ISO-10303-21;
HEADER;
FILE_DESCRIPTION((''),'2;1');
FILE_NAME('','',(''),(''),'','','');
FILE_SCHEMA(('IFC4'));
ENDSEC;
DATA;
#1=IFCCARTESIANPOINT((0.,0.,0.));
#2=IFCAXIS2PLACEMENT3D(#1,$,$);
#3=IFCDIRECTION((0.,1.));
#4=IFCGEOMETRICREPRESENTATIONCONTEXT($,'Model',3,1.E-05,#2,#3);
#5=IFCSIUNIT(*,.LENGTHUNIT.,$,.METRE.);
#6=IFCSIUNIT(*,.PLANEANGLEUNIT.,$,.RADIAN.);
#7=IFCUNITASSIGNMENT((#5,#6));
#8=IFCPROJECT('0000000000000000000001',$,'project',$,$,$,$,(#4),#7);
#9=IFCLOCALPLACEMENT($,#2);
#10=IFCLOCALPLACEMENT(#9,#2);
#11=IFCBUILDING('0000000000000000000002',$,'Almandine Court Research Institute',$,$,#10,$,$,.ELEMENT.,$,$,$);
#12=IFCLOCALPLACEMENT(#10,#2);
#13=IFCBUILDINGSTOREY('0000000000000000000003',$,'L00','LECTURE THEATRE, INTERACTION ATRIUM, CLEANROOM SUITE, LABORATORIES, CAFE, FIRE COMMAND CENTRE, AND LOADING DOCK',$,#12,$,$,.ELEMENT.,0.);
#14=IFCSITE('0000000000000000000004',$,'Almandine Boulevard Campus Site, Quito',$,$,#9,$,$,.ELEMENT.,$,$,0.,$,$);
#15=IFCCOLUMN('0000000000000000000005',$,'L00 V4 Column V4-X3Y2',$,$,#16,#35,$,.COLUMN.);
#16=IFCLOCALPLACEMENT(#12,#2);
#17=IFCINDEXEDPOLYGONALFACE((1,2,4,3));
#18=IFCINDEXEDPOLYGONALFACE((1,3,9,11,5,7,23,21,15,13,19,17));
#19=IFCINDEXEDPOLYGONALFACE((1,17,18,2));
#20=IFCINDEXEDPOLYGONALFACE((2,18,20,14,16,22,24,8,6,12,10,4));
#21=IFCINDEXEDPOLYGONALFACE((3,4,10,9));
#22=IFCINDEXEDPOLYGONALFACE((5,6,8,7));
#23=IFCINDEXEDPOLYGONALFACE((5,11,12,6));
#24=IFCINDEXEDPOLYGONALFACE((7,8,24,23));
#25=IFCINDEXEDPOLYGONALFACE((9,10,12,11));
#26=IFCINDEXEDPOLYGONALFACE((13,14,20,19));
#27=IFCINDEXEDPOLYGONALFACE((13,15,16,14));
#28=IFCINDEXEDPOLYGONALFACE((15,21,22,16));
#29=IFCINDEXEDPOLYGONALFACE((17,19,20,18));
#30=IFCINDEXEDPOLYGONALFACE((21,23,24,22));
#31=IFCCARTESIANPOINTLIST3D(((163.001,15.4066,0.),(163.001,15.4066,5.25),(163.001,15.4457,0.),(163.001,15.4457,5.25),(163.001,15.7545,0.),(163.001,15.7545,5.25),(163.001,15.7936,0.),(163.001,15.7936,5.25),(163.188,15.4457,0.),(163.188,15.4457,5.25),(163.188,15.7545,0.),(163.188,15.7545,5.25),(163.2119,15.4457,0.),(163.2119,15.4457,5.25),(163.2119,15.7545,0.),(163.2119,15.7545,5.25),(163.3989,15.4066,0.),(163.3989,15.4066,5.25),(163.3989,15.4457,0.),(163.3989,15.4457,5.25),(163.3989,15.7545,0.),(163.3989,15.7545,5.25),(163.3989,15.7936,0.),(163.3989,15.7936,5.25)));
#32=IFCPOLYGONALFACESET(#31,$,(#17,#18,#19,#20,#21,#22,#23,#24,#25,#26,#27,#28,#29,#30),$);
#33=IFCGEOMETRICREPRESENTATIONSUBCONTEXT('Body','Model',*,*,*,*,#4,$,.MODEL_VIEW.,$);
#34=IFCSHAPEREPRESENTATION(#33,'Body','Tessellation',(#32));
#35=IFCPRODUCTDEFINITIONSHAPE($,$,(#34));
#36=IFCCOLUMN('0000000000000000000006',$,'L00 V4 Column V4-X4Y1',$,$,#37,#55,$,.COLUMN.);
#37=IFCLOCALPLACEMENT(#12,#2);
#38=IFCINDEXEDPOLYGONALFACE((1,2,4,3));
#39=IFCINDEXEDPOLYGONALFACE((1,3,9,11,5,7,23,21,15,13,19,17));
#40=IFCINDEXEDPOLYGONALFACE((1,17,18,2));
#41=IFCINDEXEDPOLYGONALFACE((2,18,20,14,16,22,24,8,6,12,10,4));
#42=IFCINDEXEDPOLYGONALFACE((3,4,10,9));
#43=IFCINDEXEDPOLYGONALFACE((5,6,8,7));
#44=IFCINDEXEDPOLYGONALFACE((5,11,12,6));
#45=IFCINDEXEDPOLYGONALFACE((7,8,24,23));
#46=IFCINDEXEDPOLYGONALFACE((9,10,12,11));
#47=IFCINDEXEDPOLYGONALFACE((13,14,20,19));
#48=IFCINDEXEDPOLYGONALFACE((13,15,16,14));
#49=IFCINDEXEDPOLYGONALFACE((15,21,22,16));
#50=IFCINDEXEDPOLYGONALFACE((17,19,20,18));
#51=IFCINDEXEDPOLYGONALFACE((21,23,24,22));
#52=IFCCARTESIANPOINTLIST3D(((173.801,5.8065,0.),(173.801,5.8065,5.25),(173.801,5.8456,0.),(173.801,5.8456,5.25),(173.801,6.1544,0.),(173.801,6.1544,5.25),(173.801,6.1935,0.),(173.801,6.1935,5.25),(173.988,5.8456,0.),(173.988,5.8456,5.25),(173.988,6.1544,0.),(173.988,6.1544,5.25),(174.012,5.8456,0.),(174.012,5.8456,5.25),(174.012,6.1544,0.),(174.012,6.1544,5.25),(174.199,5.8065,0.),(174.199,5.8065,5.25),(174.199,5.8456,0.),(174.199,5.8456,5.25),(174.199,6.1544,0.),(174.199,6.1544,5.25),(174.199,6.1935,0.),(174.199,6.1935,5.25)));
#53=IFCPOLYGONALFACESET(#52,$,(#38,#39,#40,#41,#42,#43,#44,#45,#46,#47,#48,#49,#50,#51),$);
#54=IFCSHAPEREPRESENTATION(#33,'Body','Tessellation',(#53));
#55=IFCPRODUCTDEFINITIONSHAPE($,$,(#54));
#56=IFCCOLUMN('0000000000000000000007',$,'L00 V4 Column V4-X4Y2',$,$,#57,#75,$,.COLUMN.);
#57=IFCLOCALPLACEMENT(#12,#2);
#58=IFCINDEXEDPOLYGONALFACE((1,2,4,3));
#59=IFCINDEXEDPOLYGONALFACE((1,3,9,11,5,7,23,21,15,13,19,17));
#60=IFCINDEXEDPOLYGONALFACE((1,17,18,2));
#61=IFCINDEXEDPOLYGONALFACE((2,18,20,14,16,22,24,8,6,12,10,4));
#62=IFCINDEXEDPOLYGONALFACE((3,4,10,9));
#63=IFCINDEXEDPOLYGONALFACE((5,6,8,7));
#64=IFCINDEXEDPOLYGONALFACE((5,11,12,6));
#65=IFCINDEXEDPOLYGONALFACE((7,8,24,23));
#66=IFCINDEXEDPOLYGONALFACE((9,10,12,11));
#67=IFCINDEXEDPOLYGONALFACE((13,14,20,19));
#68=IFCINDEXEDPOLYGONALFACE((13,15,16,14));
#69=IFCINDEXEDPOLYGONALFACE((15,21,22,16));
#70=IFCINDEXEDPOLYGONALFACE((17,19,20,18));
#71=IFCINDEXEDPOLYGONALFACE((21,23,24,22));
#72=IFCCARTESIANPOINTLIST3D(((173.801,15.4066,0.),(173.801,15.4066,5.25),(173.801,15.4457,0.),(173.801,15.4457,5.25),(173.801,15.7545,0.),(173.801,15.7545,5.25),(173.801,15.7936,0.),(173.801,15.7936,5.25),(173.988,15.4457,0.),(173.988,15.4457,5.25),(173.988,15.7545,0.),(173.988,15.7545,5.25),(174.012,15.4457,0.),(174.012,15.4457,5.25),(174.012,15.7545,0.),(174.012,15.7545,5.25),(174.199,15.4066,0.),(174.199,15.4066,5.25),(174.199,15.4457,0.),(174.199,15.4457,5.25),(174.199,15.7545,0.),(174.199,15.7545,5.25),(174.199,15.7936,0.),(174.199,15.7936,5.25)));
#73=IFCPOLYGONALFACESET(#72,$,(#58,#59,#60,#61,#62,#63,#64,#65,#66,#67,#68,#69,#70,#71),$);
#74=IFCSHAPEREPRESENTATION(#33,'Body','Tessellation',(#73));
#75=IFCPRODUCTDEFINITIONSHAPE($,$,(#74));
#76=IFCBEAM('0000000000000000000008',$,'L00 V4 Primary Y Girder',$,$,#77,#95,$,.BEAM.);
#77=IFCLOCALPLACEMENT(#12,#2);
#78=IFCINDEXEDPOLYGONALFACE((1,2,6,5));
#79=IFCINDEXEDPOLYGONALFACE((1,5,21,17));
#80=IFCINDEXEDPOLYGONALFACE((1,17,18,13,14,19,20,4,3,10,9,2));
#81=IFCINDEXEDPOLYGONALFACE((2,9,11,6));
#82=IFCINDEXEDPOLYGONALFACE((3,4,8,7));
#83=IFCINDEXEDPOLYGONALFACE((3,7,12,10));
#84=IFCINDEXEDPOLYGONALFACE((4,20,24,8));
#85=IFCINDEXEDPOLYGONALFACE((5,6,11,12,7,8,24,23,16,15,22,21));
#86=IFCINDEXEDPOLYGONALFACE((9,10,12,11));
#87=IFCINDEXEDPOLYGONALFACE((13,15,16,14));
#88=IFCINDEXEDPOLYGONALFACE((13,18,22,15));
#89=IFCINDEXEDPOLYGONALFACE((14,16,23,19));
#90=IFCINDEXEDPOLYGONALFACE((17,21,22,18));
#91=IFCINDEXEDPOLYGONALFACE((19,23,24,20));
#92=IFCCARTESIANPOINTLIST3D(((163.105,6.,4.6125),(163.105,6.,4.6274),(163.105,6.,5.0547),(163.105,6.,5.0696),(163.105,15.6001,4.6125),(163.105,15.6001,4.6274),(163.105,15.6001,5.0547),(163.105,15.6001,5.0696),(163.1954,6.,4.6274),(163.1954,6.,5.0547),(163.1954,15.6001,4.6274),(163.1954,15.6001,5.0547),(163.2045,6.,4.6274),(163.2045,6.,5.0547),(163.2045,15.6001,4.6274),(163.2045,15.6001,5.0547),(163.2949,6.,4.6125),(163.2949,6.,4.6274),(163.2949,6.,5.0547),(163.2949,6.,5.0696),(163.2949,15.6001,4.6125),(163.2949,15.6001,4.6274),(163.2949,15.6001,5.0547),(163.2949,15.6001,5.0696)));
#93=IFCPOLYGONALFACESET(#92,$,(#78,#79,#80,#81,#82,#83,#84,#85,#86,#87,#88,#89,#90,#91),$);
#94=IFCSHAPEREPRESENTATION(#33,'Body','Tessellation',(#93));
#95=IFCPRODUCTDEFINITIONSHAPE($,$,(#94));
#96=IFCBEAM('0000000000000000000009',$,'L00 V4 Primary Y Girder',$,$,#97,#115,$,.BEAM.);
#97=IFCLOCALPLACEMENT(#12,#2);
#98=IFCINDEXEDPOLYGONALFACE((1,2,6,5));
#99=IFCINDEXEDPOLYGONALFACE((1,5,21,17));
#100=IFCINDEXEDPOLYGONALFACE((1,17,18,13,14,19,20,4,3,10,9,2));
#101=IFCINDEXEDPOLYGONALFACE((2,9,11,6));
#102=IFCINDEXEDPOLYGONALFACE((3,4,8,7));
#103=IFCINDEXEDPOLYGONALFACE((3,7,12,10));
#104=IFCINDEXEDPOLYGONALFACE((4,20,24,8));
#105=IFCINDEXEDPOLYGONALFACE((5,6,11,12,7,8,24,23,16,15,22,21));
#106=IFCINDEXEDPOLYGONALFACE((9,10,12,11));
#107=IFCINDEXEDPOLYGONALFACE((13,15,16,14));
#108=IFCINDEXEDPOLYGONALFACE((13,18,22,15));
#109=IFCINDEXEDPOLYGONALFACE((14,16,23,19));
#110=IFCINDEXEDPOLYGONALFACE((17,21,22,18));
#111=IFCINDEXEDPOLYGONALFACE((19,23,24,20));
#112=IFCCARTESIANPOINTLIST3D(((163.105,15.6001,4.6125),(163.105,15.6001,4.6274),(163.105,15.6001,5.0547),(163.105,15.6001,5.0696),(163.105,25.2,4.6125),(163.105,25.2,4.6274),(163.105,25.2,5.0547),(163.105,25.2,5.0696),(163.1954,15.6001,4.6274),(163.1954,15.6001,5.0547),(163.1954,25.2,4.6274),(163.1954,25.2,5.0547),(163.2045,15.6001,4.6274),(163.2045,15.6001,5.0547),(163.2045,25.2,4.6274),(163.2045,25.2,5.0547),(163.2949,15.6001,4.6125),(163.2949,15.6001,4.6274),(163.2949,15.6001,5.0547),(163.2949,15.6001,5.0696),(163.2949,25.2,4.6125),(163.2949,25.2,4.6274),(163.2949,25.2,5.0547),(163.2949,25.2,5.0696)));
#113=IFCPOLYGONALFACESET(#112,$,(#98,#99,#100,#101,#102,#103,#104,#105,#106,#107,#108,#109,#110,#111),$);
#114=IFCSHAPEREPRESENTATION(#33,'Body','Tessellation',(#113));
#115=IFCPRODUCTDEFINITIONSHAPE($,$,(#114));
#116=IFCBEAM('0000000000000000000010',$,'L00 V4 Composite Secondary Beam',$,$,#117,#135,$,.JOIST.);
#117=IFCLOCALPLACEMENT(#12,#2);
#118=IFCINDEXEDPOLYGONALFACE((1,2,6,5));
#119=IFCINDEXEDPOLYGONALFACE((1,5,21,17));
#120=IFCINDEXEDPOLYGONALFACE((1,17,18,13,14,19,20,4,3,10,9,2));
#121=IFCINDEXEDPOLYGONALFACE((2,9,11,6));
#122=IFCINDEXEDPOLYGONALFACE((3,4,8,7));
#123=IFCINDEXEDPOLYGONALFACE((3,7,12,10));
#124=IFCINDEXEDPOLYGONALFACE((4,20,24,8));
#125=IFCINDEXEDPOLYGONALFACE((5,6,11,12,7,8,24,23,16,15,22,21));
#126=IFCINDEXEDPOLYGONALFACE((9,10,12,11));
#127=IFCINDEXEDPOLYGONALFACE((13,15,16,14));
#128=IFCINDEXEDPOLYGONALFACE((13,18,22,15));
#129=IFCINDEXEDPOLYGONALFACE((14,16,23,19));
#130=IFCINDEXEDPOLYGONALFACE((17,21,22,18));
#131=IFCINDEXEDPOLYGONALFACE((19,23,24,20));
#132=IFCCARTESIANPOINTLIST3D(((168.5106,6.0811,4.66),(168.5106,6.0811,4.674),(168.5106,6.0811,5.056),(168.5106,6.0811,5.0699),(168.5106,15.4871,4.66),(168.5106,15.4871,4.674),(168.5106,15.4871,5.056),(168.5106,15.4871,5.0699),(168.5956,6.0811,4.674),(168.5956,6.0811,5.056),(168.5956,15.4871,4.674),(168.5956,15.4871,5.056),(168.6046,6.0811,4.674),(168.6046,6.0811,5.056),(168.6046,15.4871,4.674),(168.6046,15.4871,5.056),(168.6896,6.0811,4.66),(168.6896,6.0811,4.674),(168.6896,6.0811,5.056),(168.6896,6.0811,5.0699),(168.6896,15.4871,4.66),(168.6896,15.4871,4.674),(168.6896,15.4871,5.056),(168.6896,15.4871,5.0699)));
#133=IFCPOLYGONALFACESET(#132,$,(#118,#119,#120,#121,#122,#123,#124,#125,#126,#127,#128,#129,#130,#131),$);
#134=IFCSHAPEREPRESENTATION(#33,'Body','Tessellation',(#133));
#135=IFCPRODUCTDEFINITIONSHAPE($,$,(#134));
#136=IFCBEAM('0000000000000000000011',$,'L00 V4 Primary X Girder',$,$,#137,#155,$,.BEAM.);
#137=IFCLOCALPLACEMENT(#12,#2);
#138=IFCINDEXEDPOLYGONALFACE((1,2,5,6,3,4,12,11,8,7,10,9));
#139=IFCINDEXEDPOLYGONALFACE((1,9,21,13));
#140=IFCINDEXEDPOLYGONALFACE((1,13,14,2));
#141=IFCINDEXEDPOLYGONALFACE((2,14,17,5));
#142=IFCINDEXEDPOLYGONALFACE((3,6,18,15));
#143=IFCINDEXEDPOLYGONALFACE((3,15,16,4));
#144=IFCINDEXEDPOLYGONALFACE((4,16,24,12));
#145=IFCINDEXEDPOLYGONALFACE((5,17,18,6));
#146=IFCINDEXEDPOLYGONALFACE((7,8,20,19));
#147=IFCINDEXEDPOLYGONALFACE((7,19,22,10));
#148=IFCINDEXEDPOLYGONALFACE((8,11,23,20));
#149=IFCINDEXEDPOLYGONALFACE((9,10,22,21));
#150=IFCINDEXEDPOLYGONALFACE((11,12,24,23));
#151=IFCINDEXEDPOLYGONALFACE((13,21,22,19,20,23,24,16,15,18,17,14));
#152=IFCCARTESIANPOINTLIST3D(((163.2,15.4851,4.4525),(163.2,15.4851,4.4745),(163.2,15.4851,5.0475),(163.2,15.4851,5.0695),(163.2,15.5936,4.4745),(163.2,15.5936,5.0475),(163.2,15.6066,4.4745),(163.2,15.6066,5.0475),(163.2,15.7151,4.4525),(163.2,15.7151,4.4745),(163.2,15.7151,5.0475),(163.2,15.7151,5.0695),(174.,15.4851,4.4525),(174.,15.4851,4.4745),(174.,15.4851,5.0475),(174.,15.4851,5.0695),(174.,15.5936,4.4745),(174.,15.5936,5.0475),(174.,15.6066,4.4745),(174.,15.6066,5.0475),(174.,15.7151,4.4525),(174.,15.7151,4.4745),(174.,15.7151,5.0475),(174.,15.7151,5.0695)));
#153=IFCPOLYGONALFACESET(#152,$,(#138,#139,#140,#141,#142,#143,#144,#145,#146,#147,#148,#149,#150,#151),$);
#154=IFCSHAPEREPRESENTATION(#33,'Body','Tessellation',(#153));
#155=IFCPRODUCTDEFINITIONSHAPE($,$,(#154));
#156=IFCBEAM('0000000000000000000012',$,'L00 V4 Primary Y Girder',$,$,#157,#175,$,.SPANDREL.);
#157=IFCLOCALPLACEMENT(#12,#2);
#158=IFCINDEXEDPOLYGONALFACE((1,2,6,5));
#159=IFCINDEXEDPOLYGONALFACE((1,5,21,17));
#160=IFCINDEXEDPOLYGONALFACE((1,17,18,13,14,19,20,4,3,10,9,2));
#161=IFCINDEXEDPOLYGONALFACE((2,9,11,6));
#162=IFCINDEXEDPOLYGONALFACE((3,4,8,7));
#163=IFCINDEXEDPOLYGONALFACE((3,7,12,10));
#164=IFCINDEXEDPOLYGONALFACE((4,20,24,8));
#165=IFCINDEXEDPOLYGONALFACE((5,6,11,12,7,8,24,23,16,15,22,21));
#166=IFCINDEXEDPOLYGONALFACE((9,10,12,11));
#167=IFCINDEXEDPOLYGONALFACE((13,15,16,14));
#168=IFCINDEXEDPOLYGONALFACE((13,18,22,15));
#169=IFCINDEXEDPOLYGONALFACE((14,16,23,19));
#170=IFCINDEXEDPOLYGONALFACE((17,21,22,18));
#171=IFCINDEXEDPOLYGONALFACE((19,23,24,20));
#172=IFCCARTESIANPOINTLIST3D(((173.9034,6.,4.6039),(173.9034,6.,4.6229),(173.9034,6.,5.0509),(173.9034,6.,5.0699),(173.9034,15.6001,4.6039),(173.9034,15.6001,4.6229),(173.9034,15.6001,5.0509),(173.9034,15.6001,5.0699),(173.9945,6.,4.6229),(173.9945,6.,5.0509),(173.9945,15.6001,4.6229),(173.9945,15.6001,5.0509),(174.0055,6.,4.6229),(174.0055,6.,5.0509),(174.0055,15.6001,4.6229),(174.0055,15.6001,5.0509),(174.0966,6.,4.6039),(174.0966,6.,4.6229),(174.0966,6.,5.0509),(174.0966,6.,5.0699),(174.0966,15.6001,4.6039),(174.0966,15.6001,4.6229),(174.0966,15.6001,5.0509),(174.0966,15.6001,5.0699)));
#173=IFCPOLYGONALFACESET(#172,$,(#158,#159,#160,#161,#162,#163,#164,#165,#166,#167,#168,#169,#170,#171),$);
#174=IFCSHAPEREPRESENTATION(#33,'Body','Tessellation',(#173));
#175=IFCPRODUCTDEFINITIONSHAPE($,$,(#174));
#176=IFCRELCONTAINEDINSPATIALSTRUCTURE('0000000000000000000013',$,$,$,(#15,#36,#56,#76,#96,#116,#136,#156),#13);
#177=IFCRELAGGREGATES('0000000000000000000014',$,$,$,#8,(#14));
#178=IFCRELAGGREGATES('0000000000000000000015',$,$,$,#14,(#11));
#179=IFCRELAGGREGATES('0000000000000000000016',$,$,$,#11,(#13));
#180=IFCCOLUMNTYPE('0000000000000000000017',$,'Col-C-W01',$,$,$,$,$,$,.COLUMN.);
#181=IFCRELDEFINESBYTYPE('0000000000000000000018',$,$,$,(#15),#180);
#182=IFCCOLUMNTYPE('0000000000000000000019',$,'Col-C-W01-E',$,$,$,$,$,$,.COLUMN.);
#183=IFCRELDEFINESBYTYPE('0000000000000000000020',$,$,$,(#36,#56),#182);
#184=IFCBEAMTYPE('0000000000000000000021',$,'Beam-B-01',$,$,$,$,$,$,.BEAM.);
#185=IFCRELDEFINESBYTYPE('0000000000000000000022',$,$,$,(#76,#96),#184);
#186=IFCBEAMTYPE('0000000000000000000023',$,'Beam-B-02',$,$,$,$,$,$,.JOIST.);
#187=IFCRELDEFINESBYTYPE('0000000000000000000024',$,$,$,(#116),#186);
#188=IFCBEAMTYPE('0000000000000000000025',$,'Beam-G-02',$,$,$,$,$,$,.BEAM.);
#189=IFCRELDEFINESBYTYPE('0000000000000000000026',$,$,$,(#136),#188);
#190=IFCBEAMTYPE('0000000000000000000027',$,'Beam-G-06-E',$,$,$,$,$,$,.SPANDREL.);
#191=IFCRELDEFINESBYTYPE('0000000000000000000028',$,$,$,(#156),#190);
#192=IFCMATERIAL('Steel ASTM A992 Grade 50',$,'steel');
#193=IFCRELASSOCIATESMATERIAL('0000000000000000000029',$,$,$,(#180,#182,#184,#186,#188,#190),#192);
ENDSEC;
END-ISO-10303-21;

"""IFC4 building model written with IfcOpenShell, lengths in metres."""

from ifc_helpers import new_model, si_unit, direction, frame, origin, origin_2d, place, context, subcontext, project, spatial, i_section, extrude, material, material_profile, profile_set, type_object, element, save


model = new_model("IFC4")

# Units and contexts
model_context = context("Model", 3, precision=1e-05, world=origin(), true_north=direction((0.0, 1.0)))
body_context = subcontext(model_context, "Body", "Model", "MODEL_VIEW")
ifc_project = project(units=[si_unit("LENGTHUNIT", "METRE"), si_unit("PLANEANGLEUNIT", "RADIAN")], contexts=[model_context])

# Site, building, storey
site_placement = place(None, origin())
site = spatial("IfcSite", under=ifc_project, at=site_placement, Name="Almandine Boulevard Campus Site, Quito", CompositionType="ELEMENT", RefElevation=0.0)
building_placement = place(site_placement, origin())
building = spatial("IfcBuilding", under=site, at=building_placement, Name="Almandine Court Research Institute", CompositionType="ELEMENT")
storey_placement = place(building_placement, origin())
storey = spatial("IfcBuildingStorey", under=building, at=storey_placement, Name="L00", Description="LECTURE THEATRE, INTERACTION ATRIUM, CLEANROOM SUITE, LABORATORIES, CAFE, FIRE COMMAND CENTRE, AND LOADING DOCK", CompositionType="ELEMENT", Elevation=0.0)

# Columns
ifc_material_1 = material(Name="Steel ASTM A992 Grade 50", Category="steel")
ifc_material_profile_1 = material_profile(ifc_material_1, i_section(OverallWidth=0.3979, OverallDepth=0.387, WebThickness=0.0239, FlangeThickness=0.0391, at=origin_2d()), Name="W360x262")
ifc_profile_set_1 = profile_set([ifc_material_profile_1], Name="Steel ASTM A992 Grade 50")
column_type_1 = type_object("IfcColumnType", Name="Col-C-W01", PredefinedType="COLUMN", material=ifc_profile_set_1)
column_placement = place(storey_placement, frame((163.2, 15.6001, 0.0), z_axis=(0.0, 0.0, 1.0), x_axis=(1.0, 0.0, 0.0)))
element("IfcColumn", 1, at=column_placement, inside=storey, type_object=column_type_1, Name="L00 V4 Column V4-X3Y2", PredefinedType="COLUMN", context=body_context, shape_type="SweptSolid", body=[
    extrude(i_section(OverallWidth=0.3979, OverallDepth=0.387, WebThickness=0.0239, FlangeThickness=0.0391, at=origin_2d()), origin(), (0.0, 0.0, 1.0), 5.25),
])
ifc_material_profile_2 = material_profile(ifc_material_1, i_section(OverallWidth=0.3979, OverallDepth=0.387, WebThickness=0.0239, FlangeThickness=0.0391, at=origin_2d()), Name="W360x262")
ifc_profile_set_2 = profile_set([ifc_material_profile_2], Name="Steel ASTM A992 Grade 50")
column_type_2 = type_object("IfcColumnType", Name="Col-C-W01-E", PredefinedType="COLUMN", material=ifc_profile_set_2)
for number, where, z_axis, x_axis, name in (
    (2, (174.0, 6.0, 0.0), (0.0, 0.0, 1.0), (1.0, 0.0, 0.0), "L00 V4 Column V4-X4Y1"),
    (3, (174.0, 15.6001, 0.0), (0.0, 0.0, 1.0), (1.0, 0.0, 0.0), "L00 V4 Column V4-X4Y2"),
):
    element("IfcColumn", number, at=place(storey_placement, frame(where, z_axis=z_axis, x_axis=x_axis)), inside=storey, type_object=column_type_2, Name=name, PredefinedType="COLUMN", context=body_context, shape_type="SweptSolid", body=[
        extrude(i_section(OverallWidth=0.3979, OverallDepth=0.387, WebThickness=0.0239, FlangeThickness=0.0391, at=origin_2d()), origin(), (0.0, 0.0, 1.0), 5.25),
    ])

# Beams
ifc_material_profile_3 = material_profile(ifc_material_1, i_section(OverallWidth=0.1899, OverallDepth=0.457, WebThickness=0.009, FlangeThickness=0.0149, at=origin_2d()), Name="W460x74")
ifc_profile_set_3 = profile_set([ifc_material_profile_3], Name="Steel ASTM A992 Grade 50")
beam_type_1 = type_object("IfcBeamType", Name="Beam-B-01", PredefinedType="BEAM", material=ifc_profile_set_3)
beam_1_placement = place(storey_placement, frame((163.2, 6.0, 4.8411), z_axis=(0.0, 1.0, 0.0), x_axis=(-1.0, 0.0, 0.0)))
element("IfcBeam", 4, at=beam_1_placement, inside=storey, type_object=beam_type_1, Name="L00 V4 Primary Y Girder", PredefinedType="BEAM", context=body_context, shape_type="SweptSolid", body=[
    extrude(i_section(OverallWidth=0.1899, OverallDepth=0.457, WebThickness=0.009, FlangeThickness=0.0149, at=origin_2d()), origin(), (0.0, 0.0, 1.0), 9.6001),
])
beam_2_placement = place(storey_placement, frame((163.2, 15.6001, 4.8411), z_axis=(0.0, 1.0, 0.0), x_axis=(-1.0, 0.0, 0.0)))
element("IfcBeam", 5, at=beam_2_placement, inside=storey, type_object=beam_type_1, Name="L00 V4 Primary Y Girder", PredefinedType="BEAM", context=body_context, shape_type="SweptSolid", body=[
    extrude(i_section(OverallWidth=0.1899, OverallDepth=0.457, WebThickness=0.009, FlangeThickness=0.0149, at=origin_2d()), origin(), (0.0, 0.0, 1.0), 9.5999),
])
ifc_material_profile_4 = material_profile(ifc_material_1, i_section(OverallWidth=0.179, OverallDepth=0.4099, WebThickness=0.009, FlangeThickness=0.0139, at=origin_2d()), Name="W410x67")
ifc_profile_set_4 = profile_set([ifc_material_profile_4], Name="Steel ASTM A992 Grade 50")
beam_type_2 = type_object("IfcBeamType", Name="Beam-B-02", PredefinedType="JOIST", material=ifc_profile_set_4)
beam_3_placement = place(storey_placement, frame((168.6001, 6.0811, 4.865), z_axis=(0.0, 1.0, 0.0), x_axis=(-1.0, 0.0, 0.0)))
element("IfcBeam", 6, at=beam_3_placement, inside=storey, type_object=beam_type_2, Name="L00 V4 Composite Secondary Beam", PredefinedType="JOIST", context=body_context, shape_type="SweptSolid", body=[
    extrude(i_section(OverallWidth=0.179, OverallDepth=0.4099, WebThickness=0.009, FlangeThickness=0.0139, at=origin_2d()), origin(), (0.0, 0.0, 1.0), 9.406),
])
ifc_material_profile_5 = material_profile(ifc_material_1, i_section(OverallWidth=0.23, OverallDepth=0.6169, WebThickness=0.0129, FlangeThickness=0.022, at=origin_2d()), Name="W610x140")
ifc_profile_set_5 = profile_set([ifc_material_profile_5], Name="Steel ASTM A992 Grade 50")
beam_type_3 = type_object("IfcBeamType", Name="Beam-G-02", PredefinedType="BEAM", material=ifc_profile_set_5)
beam_4_placement = place(storey_placement, frame((163.2, 15.6001, 4.761), z_axis=(1.0, 0.0, 0.0), x_axis=(0.0, 1.0, 0.0)))
element("IfcBeam", 7, at=beam_4_placement, inside=storey, type_object=beam_type_3, Name="L00 V4 Primary X Girder", PredefinedType="BEAM", context=body_context, shape_type="SweptSolid", body=[
    extrude(i_section(OverallWidth=0.23, OverallDepth=0.6169, WebThickness=0.0129, FlangeThickness=0.022, at=origin_2d()), origin(), (0.0, 0.0, 1.0), 10.8),
])
ifc_material_profile_6 = material_profile(ifc_material_1, i_section(OverallWidth=0.1931, OverallDepth=0.4661, WebThickness=0.011, FlangeThickness=0.019, at=origin_2d()), Name="W460x97")
ifc_profile_set_6 = profile_set([ifc_material_profile_6], Name="Steel ASTM A992 Grade 50")
beam_type_4 = type_object("IfcBeamType", Name="Beam-G-06-E", PredefinedType="SPANDREL", material=ifc_profile_set_6)
beam_5_placement = place(storey_placement, frame((174.0, 6.0, 4.8369), z_axis=(0.0, 1.0, 0.0), x_axis=(-1.0, 0.0, 0.0)))
element("IfcBeam", 8, at=beam_5_placement, inside=storey, type_object=beam_type_4, Name="L00 V4 Primary Y Girder", PredefinedType="SPANDREL", context=body_context, shape_type="SweptSolid", body=[
    extrude(i_section(OverallWidth=0.1931, OverallDepth=0.4661, WebThickness=0.011, FlangeThickness=0.019, at=origin_2d()), origin(), (0.0, 0.0, 1.0), 9.6001),
])

save(model, "model.ifc")
